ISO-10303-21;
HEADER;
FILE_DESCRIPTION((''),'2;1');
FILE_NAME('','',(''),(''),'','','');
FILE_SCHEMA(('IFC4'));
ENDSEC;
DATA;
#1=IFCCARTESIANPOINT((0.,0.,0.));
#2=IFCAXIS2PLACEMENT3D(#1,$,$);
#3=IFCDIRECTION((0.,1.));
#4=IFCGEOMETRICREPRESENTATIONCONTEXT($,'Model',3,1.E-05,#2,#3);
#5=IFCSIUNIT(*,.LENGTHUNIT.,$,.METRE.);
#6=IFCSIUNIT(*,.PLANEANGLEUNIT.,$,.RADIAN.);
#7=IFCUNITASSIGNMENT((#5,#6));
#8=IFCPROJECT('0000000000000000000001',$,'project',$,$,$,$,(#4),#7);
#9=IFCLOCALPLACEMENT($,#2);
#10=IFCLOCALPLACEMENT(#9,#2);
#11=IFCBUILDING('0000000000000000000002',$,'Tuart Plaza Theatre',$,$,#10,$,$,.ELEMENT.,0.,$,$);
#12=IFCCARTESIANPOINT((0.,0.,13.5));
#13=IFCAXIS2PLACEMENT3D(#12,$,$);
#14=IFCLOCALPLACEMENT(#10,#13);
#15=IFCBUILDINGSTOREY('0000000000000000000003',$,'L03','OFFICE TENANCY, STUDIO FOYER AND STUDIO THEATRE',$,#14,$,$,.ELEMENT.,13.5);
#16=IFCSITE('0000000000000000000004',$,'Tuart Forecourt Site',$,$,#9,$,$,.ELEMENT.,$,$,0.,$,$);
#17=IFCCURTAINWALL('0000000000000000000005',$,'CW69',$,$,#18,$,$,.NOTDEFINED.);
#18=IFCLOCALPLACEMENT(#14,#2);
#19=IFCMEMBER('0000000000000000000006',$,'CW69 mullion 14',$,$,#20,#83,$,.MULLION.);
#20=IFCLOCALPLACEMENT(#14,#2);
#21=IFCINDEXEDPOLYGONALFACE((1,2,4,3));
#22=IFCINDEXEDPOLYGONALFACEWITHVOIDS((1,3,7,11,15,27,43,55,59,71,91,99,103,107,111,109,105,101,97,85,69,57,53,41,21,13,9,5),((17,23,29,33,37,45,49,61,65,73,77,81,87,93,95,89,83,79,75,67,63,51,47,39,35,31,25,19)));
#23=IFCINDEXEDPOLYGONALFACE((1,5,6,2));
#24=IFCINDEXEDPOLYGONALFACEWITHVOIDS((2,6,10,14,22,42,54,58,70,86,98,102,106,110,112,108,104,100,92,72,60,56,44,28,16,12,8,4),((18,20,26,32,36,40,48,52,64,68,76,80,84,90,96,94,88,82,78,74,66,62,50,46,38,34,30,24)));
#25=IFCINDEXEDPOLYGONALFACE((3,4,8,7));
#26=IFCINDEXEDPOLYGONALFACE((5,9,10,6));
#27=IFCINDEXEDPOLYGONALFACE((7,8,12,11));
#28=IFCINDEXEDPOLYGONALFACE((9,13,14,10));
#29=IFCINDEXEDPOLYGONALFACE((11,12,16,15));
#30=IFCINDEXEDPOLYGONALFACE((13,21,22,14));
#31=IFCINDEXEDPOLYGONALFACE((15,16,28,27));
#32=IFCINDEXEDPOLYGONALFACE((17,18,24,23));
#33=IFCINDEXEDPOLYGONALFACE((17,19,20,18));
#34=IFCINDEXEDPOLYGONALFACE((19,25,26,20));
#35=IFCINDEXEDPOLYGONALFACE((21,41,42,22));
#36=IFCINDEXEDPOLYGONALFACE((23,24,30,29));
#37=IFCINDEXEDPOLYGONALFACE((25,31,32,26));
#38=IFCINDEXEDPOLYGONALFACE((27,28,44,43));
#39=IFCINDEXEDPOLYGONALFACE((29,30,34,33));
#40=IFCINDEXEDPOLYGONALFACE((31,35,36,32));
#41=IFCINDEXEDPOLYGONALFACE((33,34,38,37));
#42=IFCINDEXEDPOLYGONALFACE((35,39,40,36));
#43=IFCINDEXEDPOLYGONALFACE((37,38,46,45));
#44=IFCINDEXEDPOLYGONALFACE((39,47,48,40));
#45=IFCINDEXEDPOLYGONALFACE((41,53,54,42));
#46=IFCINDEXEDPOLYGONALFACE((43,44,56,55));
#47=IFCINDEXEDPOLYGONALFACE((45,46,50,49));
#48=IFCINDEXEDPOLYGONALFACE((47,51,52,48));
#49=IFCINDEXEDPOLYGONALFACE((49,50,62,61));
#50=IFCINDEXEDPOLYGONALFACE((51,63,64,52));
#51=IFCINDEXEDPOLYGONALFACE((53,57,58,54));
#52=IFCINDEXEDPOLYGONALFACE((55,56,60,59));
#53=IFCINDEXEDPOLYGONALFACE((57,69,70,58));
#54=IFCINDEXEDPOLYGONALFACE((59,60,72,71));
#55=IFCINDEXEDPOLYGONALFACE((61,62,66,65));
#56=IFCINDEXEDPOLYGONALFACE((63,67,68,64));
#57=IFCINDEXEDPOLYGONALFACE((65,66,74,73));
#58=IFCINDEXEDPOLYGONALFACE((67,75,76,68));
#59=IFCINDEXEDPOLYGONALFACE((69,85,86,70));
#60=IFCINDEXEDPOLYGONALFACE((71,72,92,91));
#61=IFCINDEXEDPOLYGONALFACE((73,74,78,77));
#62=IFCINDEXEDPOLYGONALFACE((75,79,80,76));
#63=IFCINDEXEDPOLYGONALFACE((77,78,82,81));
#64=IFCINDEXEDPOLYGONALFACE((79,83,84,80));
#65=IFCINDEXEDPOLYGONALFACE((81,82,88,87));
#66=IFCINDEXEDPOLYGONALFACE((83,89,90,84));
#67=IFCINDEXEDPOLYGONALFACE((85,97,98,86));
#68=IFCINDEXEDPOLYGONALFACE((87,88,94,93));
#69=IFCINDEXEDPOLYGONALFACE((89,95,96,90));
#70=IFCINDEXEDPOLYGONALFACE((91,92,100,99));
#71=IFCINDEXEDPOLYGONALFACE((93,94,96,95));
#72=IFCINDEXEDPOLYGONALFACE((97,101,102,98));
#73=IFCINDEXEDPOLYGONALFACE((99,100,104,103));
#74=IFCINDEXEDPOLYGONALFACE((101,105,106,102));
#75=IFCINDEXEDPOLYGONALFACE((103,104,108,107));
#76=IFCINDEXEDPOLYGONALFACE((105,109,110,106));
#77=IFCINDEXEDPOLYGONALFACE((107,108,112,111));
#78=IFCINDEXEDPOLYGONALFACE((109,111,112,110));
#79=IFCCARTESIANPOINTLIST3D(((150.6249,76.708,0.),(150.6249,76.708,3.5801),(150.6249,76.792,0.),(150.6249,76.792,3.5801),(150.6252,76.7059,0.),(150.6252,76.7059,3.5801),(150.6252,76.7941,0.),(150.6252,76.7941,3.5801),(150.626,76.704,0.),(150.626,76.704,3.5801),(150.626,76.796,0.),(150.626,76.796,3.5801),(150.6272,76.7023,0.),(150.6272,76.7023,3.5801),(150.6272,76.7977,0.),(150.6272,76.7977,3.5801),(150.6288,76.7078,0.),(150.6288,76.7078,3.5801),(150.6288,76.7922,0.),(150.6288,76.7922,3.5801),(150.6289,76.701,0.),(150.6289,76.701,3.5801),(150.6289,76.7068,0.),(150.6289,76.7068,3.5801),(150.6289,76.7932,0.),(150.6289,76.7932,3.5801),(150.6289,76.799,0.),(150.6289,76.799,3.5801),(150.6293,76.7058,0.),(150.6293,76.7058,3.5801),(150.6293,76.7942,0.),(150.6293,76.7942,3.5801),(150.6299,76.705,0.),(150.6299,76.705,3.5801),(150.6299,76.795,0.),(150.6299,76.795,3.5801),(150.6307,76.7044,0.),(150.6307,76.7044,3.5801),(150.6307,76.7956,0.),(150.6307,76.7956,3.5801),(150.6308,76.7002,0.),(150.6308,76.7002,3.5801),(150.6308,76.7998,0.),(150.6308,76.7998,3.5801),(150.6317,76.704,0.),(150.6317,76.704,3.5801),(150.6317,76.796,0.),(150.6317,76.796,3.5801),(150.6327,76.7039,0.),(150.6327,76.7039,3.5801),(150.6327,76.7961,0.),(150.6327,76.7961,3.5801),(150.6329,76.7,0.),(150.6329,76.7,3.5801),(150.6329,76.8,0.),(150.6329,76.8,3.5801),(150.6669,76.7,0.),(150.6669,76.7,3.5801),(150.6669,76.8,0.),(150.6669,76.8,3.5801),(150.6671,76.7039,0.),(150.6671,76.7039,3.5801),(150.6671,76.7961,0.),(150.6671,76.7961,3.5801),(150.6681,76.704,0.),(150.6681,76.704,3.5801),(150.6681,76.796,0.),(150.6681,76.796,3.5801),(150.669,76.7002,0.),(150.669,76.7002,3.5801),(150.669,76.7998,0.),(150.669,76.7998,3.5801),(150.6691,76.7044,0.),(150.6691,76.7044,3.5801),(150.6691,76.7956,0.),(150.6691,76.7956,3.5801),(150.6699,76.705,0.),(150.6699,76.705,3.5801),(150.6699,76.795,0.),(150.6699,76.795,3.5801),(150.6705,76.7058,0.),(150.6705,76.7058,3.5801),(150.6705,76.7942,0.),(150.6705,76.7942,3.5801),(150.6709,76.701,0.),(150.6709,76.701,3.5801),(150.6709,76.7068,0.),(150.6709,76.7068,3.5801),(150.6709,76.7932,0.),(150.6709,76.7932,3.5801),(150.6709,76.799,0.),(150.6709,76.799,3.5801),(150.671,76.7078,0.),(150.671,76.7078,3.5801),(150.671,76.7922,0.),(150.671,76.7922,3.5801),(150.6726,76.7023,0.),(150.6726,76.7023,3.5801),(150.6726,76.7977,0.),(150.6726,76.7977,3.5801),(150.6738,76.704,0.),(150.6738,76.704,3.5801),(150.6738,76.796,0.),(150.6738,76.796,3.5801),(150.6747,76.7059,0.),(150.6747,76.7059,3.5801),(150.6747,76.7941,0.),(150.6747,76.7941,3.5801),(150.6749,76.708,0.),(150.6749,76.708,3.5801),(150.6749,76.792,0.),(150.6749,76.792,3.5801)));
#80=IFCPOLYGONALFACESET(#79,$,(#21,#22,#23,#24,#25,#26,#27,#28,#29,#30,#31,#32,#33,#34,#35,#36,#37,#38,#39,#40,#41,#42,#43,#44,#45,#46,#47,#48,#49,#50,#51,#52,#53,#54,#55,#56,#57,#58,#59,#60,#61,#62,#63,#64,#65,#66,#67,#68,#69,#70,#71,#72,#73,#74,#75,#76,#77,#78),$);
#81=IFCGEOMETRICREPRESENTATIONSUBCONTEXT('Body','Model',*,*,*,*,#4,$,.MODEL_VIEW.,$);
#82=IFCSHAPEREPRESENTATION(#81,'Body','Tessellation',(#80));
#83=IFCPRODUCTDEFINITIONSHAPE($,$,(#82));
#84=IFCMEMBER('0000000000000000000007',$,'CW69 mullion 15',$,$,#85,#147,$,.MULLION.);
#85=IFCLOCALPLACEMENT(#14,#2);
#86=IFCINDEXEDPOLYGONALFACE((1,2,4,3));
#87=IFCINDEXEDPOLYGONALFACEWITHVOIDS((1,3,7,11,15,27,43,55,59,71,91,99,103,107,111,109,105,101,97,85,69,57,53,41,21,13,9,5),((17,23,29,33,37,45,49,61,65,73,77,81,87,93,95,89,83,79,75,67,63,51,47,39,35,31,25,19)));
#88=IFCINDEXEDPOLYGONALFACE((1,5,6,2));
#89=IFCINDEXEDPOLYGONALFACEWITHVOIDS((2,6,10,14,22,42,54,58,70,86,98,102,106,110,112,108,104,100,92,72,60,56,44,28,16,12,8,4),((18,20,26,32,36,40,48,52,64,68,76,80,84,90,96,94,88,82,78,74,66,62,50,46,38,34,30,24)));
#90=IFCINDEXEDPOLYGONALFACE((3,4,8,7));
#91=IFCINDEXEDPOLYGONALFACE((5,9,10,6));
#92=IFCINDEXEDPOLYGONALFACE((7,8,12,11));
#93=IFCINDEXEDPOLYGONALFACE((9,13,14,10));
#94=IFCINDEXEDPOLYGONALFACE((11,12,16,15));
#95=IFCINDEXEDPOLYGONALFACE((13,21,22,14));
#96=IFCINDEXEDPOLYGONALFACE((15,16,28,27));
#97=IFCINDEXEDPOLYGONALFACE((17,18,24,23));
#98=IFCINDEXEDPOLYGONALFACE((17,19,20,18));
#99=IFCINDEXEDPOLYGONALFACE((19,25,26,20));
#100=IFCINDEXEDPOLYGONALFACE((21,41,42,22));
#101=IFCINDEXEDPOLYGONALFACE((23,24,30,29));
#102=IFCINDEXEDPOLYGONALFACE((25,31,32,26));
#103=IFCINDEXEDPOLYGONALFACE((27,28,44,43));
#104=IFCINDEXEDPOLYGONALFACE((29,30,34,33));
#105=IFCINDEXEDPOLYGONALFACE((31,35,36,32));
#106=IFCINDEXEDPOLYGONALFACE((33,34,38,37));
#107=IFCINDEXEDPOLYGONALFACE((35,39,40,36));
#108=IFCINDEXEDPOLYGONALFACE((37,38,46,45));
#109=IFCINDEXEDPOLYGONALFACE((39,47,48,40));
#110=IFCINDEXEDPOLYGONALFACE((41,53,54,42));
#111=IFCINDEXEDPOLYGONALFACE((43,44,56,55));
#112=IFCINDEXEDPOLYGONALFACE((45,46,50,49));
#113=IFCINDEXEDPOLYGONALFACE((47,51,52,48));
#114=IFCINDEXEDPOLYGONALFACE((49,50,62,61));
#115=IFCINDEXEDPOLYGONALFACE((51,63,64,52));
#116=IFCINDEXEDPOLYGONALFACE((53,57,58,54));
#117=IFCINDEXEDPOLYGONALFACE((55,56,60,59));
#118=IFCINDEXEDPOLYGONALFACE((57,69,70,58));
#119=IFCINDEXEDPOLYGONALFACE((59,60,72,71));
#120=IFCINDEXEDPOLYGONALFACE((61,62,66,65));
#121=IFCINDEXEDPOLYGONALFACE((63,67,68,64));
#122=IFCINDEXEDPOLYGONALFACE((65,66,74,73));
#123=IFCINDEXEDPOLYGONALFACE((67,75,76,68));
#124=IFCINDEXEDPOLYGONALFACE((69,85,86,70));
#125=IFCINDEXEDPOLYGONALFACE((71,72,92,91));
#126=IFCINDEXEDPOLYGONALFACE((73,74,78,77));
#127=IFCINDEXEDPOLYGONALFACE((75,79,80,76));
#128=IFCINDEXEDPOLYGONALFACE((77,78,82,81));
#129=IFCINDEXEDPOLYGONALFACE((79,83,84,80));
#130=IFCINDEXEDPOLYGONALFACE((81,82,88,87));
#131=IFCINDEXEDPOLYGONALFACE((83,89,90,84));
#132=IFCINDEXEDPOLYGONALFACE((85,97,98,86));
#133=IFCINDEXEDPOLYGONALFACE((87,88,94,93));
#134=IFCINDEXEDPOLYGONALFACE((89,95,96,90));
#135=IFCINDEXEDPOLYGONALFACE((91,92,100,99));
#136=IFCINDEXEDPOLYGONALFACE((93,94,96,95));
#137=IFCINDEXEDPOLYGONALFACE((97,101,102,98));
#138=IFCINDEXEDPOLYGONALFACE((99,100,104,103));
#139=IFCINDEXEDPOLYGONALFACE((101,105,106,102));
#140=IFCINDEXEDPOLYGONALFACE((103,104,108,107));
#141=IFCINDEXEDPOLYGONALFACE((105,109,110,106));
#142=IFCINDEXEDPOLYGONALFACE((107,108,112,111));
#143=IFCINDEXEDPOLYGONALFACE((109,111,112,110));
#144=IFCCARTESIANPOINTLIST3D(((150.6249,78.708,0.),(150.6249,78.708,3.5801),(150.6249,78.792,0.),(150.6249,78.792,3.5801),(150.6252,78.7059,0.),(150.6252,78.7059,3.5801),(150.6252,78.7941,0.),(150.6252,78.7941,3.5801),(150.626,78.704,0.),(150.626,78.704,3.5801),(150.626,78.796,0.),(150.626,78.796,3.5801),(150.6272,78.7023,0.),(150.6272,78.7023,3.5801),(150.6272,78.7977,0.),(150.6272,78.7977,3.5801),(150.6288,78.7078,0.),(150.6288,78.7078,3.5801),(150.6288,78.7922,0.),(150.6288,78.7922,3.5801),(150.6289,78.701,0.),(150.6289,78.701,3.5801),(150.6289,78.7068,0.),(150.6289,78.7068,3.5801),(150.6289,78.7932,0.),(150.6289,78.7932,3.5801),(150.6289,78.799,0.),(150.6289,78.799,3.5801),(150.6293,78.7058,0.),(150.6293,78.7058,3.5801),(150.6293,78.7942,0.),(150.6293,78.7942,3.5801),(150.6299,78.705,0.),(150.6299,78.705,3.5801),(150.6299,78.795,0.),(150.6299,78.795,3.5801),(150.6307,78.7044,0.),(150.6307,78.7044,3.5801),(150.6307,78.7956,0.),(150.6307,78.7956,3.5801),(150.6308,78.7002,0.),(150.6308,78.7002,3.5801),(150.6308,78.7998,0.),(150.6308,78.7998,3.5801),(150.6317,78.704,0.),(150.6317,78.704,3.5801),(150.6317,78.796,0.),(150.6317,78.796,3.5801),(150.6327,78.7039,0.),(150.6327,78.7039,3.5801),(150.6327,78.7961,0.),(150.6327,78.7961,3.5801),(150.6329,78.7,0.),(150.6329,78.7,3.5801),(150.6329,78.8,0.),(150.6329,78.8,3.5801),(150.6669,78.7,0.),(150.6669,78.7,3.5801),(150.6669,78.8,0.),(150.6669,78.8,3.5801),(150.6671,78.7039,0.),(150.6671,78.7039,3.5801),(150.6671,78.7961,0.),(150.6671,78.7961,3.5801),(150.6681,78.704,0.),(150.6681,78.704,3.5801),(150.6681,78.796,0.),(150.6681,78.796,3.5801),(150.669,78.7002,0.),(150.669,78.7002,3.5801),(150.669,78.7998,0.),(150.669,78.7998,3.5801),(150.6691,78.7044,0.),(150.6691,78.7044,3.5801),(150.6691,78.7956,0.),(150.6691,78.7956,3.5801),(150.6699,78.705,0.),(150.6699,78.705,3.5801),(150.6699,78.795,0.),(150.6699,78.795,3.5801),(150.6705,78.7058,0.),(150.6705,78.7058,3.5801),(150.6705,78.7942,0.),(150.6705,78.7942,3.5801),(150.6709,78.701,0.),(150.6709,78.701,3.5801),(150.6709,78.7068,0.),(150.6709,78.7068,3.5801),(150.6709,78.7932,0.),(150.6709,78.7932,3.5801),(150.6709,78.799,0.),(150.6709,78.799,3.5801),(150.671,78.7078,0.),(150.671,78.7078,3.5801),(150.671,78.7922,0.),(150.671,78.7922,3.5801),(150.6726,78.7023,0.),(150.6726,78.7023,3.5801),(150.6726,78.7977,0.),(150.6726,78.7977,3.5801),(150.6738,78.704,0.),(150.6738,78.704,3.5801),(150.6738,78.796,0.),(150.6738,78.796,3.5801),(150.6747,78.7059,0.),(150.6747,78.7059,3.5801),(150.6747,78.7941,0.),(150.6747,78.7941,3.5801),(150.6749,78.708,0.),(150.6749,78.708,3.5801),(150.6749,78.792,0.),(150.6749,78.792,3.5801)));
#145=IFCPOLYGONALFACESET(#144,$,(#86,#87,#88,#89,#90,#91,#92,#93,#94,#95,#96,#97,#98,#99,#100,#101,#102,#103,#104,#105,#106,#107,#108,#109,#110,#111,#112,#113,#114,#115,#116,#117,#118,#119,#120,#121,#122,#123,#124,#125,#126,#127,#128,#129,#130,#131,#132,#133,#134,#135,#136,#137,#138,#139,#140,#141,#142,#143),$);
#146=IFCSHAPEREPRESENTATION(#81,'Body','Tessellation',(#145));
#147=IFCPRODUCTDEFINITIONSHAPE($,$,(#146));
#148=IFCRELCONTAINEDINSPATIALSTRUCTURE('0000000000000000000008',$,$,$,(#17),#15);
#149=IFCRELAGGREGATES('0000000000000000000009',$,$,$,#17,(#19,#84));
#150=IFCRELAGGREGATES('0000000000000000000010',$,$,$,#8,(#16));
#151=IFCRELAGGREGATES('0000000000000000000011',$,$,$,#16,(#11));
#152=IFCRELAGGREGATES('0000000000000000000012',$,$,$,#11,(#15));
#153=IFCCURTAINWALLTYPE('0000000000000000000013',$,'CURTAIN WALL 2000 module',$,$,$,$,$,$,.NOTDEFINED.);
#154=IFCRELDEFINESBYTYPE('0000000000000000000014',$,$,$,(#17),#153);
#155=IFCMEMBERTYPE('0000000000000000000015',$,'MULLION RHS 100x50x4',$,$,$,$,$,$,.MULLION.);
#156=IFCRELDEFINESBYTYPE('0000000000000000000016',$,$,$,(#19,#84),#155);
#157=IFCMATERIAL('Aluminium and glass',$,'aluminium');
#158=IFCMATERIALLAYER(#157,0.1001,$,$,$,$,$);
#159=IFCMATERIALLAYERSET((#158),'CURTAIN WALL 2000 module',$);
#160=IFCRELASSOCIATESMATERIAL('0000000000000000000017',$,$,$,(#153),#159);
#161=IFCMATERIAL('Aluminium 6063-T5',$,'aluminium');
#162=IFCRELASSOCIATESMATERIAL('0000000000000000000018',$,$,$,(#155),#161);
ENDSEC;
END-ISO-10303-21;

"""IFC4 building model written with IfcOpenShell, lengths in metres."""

from ifc_helpers import new_model, si_unit, direction, frame, origin, origin_2d, place, context, subcontext, project, spatial, hollow_rectangle, extrude, material, layer, layer_set, material_profile, profile_set, type_object, element, aggregate, save


model = new_model("IFC4")

# Units and contexts
model_context = context("Model", 3, precision=1e-05, world=origin(), true_north=direction((0.0, 1.0)))
body_context = subcontext(model_context, "Body", "Model", "MODEL_VIEW")
ifc_project = project(units=[si_unit("LENGTHUNIT", "METRE"), si_unit("PLANEANGLEUNIT", "RADIAN")], contexts=[model_context])

# Site, building, storey
site_placement = place(None, origin())
site = spatial("IfcSite", under=ifc_project, at=site_placement, Name="Tuart Forecourt Site", CompositionType="ELEMENT", RefElevation=0.0)
building_placement = place(site_placement, origin())
building = spatial("IfcBuilding", under=site, at=building_placement, Name="Tuart Plaza Theatre", CompositionType="ELEMENT", ElevationOfRefHeight=0.0)
storey_placement = place(building_placement, frame((0.0, 0.0, 13.5)))
storey = spatial("IfcBuildingStorey", under=building, at=storey_placement, Name="L03", Description="OFFICE TENANCY, STUDIO FOYER AND STUDIO THEATRE", CompositionType="ELEMENT", Elevation=13.5)

# Curtain wall, members
ifc_material_1 = material(Name="Aluminium and glass", Category="aluminium")
ifc_layer_1 = layer(ifc_material_1, 0.1001)
ifc_layer_set_1 = layer_set([ifc_layer_1], Name="CURTAIN WALL 2000 module")
curtain_wall_type = type_object("IfcCurtainWallType", Name="CURTAIN WALL 2000 module", PredefinedType="NOTDEFINED", material=ifc_layer_set_1)
curtain_wall_placement = place(storey_placement, origin())
curtain_wall = element("IfcCurtainWall", 1, at=curtain_wall_placement, inside=storey, type_object=curtain_wall_type, Name="CW69", PredefinedType="NOTDEFINED")
ifc_material_2 = material(Name="Aluminium 6063-T5", Category="aluminium")
ifc_material_profile_1 = material_profile(ifc_material_2, hollow_rectangle(XDim=0.05, YDim=0.1001, WallThickness=0.0039, InnerFilletRadius=0.0039, OuterFilletRadius=0.0081, at=origin_2d()), Name="RHS 100x50x4")
ifc_profile_set_1 = profile_set([ifc_material_profile_1], Name="Aluminium 6063-T5")
member_type_1 = type_object("IfcMemberType", Name="MULLION RHS 100x50x4", PredefinedType="MULLION", material=ifc_profile_set_1)
member_1_placement = place(storey_placement, frame((150.6499, 76.75, 0.0), z_axis=(0.0, 0.0, 1.0), x_axis=(-1.0, 0.0, 0.0)))
member_1 = element("IfcMember", 2, at=member_1_placement, type_object=member_type_1, Name="CW69 mullion 14", PredefinedType="MULLION", context=body_context, shape_type="SweptSolid", body=[
    extrude(hollow_rectangle(XDim=0.05, YDim=0.1001, WallThickness=0.0039, InnerFilletRadius=0.0039, OuterFilletRadius=0.0081, at=origin_2d()), origin(), (0.0, 0.0, 1.0), 3.5801),
])
member_2_placement = place(storey_placement, frame((150.6499, 78.75, 0.0), z_axis=(0.0, 0.0, 1.0), x_axis=(-1.0, 0.0, 0.0)))
member_2 = element("IfcMember", 3, at=member_2_placement, type_object=member_type_1, Name="CW69 mullion 15", PredefinedType="MULLION", context=body_context, shape_type="SweptSolid", body=[
    extrude(hollow_rectangle(XDim=0.05, YDim=0.1001, WallThickness=0.0039, InnerFilletRadius=0.0039, OuterFilletRadius=0.0081, at=origin_2d()), origin(), (0.0, 0.0, 1.0), 3.5801),
])
aggregate(curtain_wall, [member_1, member_2])

save(model, "model.ifc")
